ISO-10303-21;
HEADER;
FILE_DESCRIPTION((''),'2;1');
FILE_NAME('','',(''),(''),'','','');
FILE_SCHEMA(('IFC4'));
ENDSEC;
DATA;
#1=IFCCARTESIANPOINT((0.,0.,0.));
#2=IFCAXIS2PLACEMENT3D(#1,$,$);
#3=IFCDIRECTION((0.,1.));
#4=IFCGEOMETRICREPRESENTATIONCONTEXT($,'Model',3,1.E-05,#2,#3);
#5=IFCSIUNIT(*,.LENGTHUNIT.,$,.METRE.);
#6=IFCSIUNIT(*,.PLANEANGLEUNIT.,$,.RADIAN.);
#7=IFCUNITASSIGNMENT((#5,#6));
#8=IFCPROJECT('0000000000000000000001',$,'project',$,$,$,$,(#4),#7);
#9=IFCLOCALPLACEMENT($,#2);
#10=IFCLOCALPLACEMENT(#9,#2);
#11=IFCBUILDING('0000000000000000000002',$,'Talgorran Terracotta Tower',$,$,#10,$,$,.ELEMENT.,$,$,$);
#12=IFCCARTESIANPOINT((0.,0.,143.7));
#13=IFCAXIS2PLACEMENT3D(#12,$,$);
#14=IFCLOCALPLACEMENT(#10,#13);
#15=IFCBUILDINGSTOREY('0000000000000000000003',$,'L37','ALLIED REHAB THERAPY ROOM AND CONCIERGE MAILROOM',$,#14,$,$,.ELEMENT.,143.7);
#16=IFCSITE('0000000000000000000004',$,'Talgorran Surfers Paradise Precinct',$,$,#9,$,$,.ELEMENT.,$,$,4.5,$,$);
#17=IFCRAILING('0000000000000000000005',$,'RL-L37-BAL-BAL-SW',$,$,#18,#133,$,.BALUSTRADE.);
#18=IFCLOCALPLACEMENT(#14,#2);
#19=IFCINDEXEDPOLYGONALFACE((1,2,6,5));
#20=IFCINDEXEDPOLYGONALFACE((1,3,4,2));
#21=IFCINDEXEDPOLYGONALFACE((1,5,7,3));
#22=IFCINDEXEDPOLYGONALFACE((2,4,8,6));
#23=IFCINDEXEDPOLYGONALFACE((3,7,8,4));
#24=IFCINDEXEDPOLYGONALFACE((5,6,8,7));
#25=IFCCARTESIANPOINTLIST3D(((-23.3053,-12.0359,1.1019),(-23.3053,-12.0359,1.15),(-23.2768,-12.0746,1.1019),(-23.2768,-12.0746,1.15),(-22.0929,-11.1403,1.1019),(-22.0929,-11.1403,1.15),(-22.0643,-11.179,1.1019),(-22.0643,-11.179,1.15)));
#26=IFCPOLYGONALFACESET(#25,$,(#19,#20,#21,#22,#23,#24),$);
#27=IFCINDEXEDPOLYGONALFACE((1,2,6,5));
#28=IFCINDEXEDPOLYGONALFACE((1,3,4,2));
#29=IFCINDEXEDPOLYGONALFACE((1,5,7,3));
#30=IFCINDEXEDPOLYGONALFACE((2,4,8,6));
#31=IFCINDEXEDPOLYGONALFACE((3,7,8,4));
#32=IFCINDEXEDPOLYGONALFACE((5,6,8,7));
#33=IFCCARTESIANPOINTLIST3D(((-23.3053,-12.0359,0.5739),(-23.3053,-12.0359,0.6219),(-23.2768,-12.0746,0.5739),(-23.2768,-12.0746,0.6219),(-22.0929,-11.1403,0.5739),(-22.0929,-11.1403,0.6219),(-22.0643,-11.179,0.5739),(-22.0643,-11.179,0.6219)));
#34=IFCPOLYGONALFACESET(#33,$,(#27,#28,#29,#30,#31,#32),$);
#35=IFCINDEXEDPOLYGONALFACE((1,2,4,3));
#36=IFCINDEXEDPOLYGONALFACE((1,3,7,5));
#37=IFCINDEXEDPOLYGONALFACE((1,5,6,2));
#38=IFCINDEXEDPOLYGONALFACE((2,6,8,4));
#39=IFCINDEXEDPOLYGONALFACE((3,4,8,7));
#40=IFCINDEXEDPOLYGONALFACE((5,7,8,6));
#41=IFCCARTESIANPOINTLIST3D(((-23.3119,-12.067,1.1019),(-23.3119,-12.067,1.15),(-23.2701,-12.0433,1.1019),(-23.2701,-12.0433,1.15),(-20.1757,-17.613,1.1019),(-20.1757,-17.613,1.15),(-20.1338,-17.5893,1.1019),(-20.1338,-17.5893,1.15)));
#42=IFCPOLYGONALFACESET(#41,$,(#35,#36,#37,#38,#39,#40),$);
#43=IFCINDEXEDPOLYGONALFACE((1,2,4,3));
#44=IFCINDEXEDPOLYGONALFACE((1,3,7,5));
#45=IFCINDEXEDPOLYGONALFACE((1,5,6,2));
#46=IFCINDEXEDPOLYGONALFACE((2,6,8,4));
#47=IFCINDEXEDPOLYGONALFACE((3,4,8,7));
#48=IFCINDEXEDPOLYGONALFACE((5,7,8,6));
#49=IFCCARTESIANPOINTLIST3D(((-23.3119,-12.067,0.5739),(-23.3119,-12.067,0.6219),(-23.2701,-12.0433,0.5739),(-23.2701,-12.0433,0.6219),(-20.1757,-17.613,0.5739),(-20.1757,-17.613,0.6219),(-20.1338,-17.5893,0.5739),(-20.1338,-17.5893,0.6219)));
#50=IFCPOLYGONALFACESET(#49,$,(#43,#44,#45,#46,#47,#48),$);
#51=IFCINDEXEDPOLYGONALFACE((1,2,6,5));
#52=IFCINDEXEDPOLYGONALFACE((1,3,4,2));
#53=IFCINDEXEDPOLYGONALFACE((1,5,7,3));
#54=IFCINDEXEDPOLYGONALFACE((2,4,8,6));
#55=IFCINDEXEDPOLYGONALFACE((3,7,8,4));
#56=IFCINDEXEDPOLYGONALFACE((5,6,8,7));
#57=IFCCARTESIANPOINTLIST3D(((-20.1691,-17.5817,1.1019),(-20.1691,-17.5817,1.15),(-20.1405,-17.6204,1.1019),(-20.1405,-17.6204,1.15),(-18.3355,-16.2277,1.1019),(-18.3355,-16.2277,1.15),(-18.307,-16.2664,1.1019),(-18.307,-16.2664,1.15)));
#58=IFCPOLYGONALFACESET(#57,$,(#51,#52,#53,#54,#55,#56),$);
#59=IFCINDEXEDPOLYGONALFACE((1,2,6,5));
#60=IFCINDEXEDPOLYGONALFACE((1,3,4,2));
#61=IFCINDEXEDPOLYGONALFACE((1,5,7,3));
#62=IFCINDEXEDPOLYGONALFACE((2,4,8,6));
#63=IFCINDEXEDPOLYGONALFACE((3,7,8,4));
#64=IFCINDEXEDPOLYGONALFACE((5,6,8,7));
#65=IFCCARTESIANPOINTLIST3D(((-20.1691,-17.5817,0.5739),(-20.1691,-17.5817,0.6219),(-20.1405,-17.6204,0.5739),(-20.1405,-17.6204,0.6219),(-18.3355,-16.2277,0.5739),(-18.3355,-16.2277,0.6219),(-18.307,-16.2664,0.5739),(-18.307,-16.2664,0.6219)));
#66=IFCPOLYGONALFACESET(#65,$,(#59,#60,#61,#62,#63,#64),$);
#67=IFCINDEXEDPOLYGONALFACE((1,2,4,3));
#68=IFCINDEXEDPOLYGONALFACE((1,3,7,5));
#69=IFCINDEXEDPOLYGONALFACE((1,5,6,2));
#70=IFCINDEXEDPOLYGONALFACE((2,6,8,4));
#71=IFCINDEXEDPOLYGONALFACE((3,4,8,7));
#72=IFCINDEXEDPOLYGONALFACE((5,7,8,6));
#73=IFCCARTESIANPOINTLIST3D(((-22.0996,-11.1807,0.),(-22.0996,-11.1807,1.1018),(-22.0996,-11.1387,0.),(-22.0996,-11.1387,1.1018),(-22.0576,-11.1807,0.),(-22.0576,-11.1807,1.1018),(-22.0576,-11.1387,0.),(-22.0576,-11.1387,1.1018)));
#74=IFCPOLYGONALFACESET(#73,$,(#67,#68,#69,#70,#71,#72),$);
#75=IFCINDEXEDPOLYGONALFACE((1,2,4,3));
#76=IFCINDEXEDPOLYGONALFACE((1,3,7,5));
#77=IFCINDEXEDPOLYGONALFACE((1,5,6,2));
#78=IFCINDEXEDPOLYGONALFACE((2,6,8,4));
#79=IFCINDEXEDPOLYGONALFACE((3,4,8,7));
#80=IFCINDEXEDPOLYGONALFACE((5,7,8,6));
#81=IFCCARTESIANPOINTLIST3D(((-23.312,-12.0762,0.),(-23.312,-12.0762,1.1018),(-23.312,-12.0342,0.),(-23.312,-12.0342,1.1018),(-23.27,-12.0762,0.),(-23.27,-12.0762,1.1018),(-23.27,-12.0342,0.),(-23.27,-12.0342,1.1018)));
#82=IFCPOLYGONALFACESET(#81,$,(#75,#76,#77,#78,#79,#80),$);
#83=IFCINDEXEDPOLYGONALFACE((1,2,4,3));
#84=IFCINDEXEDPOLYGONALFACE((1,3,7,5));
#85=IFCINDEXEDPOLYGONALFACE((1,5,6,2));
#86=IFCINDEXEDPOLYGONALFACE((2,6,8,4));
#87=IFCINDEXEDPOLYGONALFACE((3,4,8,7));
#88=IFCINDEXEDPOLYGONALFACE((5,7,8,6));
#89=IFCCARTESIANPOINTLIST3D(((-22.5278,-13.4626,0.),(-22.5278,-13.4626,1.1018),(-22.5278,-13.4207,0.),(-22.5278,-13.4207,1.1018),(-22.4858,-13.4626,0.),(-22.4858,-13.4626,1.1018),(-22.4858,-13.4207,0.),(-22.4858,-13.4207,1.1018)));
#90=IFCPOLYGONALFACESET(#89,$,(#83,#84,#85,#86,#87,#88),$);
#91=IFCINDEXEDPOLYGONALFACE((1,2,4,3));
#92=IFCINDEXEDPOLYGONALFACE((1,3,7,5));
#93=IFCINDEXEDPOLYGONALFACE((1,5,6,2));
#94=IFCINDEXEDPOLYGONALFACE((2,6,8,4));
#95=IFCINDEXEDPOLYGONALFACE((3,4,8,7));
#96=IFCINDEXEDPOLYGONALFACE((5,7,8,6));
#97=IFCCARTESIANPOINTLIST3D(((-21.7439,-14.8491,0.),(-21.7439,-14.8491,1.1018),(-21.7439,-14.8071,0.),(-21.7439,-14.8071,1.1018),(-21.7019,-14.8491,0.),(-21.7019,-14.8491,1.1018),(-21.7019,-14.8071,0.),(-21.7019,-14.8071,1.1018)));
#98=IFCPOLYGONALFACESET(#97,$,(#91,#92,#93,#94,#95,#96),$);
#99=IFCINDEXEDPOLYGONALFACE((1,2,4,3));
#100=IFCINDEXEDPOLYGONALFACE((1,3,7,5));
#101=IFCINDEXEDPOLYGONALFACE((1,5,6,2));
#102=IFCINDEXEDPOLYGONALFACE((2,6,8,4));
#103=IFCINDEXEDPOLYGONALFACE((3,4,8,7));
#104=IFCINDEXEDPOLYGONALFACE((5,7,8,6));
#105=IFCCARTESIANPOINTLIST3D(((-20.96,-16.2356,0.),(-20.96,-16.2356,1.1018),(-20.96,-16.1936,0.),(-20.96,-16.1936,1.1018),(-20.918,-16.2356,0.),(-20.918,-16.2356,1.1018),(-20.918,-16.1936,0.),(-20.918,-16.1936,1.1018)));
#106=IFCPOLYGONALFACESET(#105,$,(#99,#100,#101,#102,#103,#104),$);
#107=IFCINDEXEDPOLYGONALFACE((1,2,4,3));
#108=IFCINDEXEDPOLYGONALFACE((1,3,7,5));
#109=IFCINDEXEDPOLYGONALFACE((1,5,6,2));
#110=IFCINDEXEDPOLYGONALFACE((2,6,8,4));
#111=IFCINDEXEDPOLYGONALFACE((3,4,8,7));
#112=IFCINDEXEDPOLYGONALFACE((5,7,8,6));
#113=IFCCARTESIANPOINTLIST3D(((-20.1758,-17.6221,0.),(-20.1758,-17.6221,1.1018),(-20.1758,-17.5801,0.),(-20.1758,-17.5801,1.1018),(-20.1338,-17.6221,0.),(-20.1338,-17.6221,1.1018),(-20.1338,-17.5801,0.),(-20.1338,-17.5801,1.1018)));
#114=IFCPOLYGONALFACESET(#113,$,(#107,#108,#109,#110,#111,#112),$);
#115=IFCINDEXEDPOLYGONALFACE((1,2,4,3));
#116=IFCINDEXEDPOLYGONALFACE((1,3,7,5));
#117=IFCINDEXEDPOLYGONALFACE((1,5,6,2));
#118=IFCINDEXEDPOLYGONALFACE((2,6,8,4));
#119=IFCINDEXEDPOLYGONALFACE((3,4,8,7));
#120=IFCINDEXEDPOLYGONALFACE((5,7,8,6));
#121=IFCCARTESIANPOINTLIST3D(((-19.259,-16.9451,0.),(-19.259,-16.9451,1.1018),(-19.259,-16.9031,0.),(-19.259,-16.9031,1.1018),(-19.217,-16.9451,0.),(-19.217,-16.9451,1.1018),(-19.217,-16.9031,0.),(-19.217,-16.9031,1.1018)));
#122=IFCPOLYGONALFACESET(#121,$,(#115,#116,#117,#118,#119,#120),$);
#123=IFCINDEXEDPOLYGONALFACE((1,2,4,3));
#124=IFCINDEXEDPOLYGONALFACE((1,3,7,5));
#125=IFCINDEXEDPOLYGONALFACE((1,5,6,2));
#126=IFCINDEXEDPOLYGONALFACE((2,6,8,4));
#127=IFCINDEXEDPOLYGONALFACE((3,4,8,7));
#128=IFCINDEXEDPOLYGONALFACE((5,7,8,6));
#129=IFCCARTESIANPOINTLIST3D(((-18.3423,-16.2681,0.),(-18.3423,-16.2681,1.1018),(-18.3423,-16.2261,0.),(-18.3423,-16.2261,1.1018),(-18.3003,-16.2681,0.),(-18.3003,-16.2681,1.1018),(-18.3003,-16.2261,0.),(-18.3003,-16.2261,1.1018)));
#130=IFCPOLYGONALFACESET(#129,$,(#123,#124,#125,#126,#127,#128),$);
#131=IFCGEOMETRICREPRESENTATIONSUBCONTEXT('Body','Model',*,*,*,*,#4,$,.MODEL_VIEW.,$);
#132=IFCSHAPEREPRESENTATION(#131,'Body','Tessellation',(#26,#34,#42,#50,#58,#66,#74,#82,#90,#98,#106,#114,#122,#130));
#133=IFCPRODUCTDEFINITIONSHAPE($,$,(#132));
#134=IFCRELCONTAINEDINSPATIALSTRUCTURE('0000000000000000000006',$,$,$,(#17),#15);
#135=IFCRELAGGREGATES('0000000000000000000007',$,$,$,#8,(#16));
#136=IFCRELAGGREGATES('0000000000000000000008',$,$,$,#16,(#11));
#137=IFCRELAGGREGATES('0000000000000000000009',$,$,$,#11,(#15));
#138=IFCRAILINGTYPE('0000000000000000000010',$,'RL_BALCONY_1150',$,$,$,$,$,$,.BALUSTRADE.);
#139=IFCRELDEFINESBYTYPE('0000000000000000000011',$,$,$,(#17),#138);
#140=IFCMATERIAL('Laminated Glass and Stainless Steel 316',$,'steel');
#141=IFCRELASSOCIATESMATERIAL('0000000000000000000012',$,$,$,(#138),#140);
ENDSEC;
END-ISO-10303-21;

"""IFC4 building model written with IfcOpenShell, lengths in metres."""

from ifc_helpers import new_model, si_unit, direction, frame, origin, origin_2d, place, context, subcontext, project, spatial, rectangle, extrude, material, type_object, element, save


model = new_model("IFC4")

# Units and contexts
model_context = context("Model", 3, precision=1e-05, world=origin(), true_north=direction((0.0, 1.0)))
body_context = subcontext(model_context, "Body", "Model", "MODEL_VIEW")
ifc_project = project(units=[si_unit("LENGTHUNIT", "METRE"), si_unit("PLANEANGLEUNIT", "RADIAN")], contexts=[model_context])

# Site, building, storey
site_placement = place(None, origin())
site = spatial("IfcSite", under=ifc_project, at=site_placement, Name="Talgorran Surfers Paradise Precinct", CompositionType="ELEMENT", RefElevation=4.5)
building_placement = place(site_placement, origin())
building = spatial("IfcBuilding", under=site, at=building_placement, Name="Talgorran Terracotta Tower", CompositionType="ELEMENT")
storey_placement = place(building_placement, frame((0.0, 0.0, 143.7)))
storey = spatial("IfcBuildingStorey", under=building, at=storey_placement, Name="L37", Description="ALLIED REHAB THERAPY ROOM AND CONCIERGE MAILROOM", CompositionType="ELEMENT", Elevation=143.7)

# Railing
ifc_material_1 = material(Name="Laminated Glass and Stainless Steel 316", Category="steel")
railing_type = type_object("IfcRailingType", Name="RL_BALCONY_1150", PredefinedType="BALUSTRADE", material=ifc_material_1)
railing_placement = place(storey_placement, frame((-22.0786, -11.1597, 0.0)))
element("IfcRailing", 1, at=railing_placement, inside=storey, type_object=railing_type, Name="RL-L37-BAL-BAL-SW", PredefinedType="BALUSTRADE", context=body_context, shape_type="SweptSolid", body=[
    extrude(rectangle(XDim=0.0481, YDim=0.0481, at=origin_2d()), frame((0.0, 0.0, 1.126), z_axis=(-0.804371, -0.594127, 0.0), x_axis=(0.594127, -0.804371, 0.0)), (0.0, 0.0, 1.0), 1.5073),
    extrude(rectangle(XDim=0.0481, YDim=0.0481, at=origin_2d()), frame((0.0, 0.0, 0.5979), z_axis=(-0.804371, -0.594127, 0.0), x_axis=(0.594127, -0.804371, 0.0)), (0.0, 0.0, 1.0), 1.5073),
    extrude(rectangle(XDim=0.0481, YDim=0.0481, at=origin_2d()), frame((-1.2124, -0.8955, 1.126), z_axis=(0.492247, -0.870456, 0.0), x_axis=(0.870456, 0.492247, 0.0)), (0.0, 0.0, 1.0), 6.3713),
    extrude(rectangle(XDim=0.0481, YDim=0.0481, at=origin_2d()), frame((-1.2124, -0.8955, 0.5979), z_axis=(0.492247, -0.870456, 0.0), x_axis=(0.870456, 0.492247, 0.0)), (0.0, 0.0, 1.0), 6.3713),
    extrude(rectangle(XDim=0.0481, YDim=0.0481, at=origin_2d()), frame((1.9238, -6.4414, 1.126), z_axis=(0.804425, 0.594054, 0.0), x_axis=(-0.594054, 0.804425, 0.0)), (0.0, 0.0, 1.0), 2.2793),
    extrude(rectangle(XDim=0.0481, YDim=0.0481, at=origin_2d()), frame((1.9238, -6.4414, 0.5979), z_axis=(0.804425, 0.594054, 0.0), x_axis=(-0.594054, 0.804425, 0.0)), (0.0, 0.0, 1.0), 2.2793),
    extrude(rectangle(XDim=0.042, YDim=0.042, at=origin_2d()), origin(), (0.0, 0.0, 1.0), 1.1018),
    extrude(rectangle(XDim=0.042, YDim=0.042, at=origin_2d()), frame((-1.2124, -0.8955, 0.0)), (0.0, 0.0, 1.0), 1.1018),
    extrude(rectangle(XDim=0.042, YDim=0.042, at=origin_2d()), frame((-0.4282, -2.282, 0.0)), (0.0, 0.0, 1.0), 1.1018),
    extrude(rectangle(XDim=0.042, YDim=0.042, at=origin_2d()), frame((0.3557, -3.6685, 0.0)), (0.0, 0.0, 1.0), 1.1018),
    extrude(rectangle(XDim=0.042, YDim=0.042, at=origin_2d()), frame((1.1396, -5.0549, 0.0)), (0.0, 0.0, 1.0), 1.1018),
    extrude(rectangle(XDim=0.042, YDim=0.042, at=origin_2d()), frame((1.9238, -6.4414, 0.0)), (0.0, 0.0, 1.0), 1.1018),
    extrude(rectangle(XDim=0.042, YDim=0.042, at=origin_2d()), frame((2.8406, -5.7644, 0.0)), (0.0, 0.0, 1.0), 1.1018),
    extrude(rectangle(XDim=0.042, YDim=0.042, at=origin_2d()), frame((3.7573, -5.0874, 0.0)), (0.0, 0.0, 1.0), 1.1018),
])

save(model, "model.ifc")
